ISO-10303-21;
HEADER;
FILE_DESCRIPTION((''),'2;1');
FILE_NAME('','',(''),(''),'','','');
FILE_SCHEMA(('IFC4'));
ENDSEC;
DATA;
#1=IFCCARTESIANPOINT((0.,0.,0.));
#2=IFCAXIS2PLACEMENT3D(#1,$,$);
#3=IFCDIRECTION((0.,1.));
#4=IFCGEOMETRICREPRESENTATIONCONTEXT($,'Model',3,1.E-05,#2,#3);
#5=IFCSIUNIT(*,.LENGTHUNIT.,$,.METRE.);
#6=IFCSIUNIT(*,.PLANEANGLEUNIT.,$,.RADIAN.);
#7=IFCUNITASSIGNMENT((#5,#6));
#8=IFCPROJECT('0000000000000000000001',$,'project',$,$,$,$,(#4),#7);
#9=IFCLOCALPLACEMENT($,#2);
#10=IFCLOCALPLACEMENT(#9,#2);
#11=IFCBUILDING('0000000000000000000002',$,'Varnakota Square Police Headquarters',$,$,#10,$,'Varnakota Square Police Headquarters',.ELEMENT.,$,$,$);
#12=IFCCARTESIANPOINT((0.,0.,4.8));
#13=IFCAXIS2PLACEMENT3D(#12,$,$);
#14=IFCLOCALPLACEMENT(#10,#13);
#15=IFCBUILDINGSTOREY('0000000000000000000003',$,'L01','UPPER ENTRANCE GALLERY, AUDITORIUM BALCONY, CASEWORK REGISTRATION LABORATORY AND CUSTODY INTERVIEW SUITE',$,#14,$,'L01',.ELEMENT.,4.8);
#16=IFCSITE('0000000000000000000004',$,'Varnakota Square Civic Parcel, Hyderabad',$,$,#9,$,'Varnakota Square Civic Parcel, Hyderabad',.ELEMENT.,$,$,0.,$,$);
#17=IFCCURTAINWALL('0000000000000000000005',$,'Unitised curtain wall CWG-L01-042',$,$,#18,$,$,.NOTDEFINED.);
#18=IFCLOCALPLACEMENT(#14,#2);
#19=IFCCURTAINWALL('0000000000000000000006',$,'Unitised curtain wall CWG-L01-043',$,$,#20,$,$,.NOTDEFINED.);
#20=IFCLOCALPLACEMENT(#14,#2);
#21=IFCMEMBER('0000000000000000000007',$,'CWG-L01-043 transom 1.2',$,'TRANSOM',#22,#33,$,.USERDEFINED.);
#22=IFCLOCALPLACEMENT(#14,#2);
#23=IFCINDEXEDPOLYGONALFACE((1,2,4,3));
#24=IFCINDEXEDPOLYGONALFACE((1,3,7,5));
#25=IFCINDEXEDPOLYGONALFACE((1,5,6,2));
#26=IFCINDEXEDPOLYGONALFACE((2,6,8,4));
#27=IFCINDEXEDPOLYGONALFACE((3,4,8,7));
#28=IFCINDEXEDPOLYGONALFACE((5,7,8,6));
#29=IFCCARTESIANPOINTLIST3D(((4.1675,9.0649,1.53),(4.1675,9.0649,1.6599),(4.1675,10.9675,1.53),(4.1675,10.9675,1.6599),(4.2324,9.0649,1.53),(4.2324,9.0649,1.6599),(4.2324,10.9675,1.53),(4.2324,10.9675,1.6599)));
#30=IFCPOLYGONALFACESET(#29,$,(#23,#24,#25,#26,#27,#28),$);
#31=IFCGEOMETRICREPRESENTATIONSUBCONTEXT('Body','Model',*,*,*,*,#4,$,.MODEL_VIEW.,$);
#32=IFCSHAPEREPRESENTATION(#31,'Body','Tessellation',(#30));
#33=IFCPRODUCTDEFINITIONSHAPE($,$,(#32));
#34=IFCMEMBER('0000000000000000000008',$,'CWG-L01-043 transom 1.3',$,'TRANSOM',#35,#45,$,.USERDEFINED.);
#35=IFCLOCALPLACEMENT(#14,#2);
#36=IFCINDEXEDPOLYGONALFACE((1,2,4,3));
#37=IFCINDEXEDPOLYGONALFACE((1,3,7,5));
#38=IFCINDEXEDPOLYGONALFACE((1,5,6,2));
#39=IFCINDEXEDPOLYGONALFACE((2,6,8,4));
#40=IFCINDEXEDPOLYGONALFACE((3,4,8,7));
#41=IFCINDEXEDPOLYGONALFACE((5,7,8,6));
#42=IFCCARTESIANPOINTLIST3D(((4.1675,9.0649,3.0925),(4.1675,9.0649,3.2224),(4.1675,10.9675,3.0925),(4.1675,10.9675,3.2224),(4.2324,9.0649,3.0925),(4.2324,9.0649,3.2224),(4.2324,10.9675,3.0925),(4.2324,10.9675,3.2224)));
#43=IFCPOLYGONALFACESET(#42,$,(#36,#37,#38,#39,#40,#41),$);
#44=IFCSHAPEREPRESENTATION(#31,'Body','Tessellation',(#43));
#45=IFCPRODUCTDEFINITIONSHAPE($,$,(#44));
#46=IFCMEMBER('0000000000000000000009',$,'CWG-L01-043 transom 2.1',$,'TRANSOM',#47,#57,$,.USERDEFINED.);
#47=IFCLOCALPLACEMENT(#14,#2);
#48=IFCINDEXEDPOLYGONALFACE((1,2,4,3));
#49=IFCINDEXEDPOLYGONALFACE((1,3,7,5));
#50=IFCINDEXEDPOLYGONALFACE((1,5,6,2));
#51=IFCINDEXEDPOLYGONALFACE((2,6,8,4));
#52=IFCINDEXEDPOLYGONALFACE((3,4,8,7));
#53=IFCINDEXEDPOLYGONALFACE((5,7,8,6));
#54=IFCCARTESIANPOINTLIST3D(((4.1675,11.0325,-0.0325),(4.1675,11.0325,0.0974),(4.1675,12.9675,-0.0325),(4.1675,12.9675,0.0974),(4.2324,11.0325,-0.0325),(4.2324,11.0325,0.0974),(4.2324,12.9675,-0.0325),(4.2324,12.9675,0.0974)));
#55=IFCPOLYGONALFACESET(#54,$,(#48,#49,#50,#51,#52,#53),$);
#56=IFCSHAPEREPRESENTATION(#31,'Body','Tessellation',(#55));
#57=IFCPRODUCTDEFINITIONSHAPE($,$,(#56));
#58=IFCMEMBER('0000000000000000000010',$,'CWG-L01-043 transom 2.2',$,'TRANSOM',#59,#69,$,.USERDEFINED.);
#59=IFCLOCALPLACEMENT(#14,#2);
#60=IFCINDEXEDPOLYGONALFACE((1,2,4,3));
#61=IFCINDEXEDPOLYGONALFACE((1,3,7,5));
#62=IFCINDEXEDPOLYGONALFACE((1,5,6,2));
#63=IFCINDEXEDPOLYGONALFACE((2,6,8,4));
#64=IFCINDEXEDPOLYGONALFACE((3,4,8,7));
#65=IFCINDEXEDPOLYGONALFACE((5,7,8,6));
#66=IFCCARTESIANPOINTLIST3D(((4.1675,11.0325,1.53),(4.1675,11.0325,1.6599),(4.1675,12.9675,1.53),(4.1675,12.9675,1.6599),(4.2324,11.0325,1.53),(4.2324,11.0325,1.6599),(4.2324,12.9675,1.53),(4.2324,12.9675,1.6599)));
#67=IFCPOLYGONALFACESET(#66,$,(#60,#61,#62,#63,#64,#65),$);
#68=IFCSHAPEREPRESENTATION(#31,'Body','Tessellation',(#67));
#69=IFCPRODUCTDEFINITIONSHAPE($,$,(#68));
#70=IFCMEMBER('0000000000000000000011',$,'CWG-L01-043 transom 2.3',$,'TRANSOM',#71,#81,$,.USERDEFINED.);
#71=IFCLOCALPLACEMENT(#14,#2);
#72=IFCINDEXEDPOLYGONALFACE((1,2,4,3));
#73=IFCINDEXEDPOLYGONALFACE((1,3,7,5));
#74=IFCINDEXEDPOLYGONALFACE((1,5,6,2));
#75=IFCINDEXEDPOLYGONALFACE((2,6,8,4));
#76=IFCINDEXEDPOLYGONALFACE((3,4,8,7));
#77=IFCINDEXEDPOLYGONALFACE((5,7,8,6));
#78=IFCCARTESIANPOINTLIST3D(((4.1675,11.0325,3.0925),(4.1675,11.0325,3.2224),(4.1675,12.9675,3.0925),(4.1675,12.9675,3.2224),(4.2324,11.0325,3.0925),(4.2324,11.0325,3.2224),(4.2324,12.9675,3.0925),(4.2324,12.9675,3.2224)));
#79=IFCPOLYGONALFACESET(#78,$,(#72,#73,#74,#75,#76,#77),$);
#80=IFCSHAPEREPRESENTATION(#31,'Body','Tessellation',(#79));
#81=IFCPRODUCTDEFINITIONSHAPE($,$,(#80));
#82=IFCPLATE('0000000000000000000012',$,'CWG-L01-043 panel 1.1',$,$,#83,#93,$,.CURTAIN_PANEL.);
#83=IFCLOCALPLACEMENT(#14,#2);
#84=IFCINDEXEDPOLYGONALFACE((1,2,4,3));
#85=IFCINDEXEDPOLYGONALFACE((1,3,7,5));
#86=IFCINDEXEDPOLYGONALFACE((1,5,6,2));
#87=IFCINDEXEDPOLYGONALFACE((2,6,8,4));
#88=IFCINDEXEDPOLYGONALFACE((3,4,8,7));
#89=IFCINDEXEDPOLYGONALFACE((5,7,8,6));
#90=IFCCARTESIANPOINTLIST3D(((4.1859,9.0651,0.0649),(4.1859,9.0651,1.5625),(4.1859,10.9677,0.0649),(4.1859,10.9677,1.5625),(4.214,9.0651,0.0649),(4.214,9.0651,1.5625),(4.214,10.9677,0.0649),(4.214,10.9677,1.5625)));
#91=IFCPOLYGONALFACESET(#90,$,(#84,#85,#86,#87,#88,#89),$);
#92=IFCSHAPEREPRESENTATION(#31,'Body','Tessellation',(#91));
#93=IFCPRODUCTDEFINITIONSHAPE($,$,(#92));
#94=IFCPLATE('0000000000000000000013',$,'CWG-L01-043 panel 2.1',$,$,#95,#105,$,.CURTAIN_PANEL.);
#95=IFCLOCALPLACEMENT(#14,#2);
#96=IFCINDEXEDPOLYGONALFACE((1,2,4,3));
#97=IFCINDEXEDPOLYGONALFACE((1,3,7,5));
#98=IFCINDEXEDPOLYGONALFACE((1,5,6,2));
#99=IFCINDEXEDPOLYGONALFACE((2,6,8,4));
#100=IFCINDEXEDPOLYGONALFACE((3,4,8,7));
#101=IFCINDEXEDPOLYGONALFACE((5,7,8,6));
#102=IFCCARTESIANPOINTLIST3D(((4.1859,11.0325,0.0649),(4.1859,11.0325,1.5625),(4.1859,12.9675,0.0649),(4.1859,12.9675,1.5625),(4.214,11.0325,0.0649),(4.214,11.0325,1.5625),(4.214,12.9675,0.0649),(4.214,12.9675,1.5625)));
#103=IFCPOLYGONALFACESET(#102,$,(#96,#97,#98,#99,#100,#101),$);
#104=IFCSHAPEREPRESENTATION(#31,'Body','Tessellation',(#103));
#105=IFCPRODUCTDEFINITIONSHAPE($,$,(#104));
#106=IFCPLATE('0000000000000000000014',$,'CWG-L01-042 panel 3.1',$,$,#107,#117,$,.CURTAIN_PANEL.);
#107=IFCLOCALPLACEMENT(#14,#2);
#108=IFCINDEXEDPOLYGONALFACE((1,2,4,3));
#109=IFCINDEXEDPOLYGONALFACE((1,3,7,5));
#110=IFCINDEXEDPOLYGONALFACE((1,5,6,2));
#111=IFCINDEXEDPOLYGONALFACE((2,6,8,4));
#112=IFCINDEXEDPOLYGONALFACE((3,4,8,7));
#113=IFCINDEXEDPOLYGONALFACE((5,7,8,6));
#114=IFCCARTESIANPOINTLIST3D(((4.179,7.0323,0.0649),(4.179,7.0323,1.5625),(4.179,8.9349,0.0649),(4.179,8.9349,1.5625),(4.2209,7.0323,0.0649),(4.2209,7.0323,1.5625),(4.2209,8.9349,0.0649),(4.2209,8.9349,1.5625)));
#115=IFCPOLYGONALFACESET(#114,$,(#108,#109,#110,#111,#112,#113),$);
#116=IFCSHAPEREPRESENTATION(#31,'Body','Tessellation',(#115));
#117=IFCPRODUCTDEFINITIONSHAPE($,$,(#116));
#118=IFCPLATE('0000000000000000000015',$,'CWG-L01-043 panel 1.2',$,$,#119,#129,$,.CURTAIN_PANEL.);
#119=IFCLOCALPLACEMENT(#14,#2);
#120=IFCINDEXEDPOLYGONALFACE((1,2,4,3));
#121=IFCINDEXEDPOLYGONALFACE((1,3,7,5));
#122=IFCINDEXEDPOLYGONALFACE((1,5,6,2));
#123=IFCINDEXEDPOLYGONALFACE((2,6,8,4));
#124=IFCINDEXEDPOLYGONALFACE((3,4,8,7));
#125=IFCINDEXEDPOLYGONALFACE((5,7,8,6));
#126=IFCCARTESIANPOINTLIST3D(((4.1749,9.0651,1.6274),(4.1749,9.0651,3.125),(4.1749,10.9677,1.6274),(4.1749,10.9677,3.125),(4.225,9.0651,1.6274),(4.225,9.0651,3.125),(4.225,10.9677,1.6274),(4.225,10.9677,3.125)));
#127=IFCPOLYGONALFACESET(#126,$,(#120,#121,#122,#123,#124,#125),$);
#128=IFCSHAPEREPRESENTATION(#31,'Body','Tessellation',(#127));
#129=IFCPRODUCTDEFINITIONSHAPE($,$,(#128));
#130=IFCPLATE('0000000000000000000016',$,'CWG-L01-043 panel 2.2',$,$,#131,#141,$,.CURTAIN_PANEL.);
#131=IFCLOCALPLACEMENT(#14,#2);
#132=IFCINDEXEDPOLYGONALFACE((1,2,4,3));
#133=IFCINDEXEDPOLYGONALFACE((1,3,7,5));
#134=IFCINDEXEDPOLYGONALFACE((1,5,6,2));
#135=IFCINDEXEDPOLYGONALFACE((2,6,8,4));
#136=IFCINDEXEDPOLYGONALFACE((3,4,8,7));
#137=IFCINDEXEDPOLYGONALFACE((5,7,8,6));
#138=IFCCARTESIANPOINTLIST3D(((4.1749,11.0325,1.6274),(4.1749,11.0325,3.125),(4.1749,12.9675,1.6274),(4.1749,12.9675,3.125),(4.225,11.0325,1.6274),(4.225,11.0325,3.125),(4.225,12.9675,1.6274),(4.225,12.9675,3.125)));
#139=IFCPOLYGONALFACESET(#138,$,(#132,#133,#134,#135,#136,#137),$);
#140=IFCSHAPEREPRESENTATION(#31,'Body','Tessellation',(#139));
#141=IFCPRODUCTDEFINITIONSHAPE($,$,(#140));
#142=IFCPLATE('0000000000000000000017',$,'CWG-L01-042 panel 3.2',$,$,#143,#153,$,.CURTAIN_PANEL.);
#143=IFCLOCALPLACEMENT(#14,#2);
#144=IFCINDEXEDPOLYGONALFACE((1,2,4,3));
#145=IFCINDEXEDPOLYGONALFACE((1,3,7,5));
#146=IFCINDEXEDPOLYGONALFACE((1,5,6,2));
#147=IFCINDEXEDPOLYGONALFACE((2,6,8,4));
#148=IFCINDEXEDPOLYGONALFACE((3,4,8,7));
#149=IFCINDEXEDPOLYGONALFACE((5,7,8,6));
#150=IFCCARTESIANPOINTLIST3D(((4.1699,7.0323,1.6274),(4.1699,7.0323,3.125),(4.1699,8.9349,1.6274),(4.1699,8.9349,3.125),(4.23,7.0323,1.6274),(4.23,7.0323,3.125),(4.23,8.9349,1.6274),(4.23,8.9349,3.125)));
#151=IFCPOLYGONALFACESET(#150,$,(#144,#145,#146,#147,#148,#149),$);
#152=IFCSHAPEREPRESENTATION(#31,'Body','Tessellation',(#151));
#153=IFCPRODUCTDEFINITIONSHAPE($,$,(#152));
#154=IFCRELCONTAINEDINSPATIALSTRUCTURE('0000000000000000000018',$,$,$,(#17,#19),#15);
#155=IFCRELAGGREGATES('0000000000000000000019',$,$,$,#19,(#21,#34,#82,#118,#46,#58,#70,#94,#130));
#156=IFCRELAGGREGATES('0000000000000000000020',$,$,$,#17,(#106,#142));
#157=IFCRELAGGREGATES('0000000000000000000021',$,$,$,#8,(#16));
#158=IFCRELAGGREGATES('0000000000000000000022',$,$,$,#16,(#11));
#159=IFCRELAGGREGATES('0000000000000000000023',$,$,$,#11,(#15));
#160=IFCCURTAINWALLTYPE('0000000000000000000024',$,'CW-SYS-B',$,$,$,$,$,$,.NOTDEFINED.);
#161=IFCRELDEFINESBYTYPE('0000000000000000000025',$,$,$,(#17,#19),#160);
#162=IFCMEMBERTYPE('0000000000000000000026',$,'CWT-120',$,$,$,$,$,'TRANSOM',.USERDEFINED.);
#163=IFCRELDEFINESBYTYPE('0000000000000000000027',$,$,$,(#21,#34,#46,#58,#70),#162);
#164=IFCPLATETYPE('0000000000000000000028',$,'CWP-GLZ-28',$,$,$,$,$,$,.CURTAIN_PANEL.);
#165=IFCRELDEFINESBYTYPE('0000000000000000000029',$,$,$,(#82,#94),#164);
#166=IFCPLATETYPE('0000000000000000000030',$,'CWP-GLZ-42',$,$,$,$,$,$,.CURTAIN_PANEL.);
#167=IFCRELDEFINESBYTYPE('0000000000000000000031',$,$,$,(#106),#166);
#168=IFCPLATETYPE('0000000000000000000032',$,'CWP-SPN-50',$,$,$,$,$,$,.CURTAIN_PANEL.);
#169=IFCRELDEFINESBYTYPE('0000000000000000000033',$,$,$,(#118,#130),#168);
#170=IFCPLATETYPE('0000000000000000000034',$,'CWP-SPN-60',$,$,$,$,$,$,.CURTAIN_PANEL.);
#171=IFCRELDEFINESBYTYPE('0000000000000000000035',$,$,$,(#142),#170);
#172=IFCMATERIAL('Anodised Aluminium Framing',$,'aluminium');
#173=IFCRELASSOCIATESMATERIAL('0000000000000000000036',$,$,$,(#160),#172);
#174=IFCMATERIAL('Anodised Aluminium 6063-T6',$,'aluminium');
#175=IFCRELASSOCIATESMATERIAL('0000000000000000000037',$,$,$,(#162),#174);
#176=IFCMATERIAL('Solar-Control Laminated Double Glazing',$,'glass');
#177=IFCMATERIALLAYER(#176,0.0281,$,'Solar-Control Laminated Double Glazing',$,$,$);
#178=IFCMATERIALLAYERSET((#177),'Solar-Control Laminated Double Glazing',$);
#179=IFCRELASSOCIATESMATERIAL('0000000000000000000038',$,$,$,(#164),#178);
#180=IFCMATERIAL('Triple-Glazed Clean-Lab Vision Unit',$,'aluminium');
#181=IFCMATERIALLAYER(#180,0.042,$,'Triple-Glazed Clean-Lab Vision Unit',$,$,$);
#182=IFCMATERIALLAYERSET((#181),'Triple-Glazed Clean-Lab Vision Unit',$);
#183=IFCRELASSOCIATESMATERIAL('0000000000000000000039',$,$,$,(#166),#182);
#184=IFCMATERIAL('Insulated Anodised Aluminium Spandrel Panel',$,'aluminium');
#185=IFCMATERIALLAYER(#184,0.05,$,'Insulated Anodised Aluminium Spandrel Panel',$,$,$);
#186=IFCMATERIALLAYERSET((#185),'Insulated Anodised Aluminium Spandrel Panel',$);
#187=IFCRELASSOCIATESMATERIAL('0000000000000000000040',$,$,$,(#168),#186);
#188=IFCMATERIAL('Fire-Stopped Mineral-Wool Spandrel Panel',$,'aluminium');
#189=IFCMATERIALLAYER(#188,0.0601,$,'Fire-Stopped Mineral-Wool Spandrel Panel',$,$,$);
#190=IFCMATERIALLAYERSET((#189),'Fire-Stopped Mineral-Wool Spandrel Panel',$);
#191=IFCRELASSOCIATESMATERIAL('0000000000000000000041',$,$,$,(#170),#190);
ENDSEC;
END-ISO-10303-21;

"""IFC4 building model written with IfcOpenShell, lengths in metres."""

from ifc_helpers import new_model, si_unit, direction, frame, origin, origin_2d, place, context, subcontext, project, spatial, rectangle, extrude, material, layer, layer_set, material_profile, profile_set, type_object, element, aggregate, save


model = new_model("IFC4")

# Units and contexts
model_context = context("Model", 3, precision=1e-05, world=origin(), true_north=direction((0.0, 1.0)))
body_context = subcontext(model_context, "Body", "Model", "MODEL_VIEW")
ifc_project = project(units=[si_unit("LENGTHUNIT", "METRE"), si_unit("PLANEANGLEUNIT", "RADIAN")], contexts=[model_context])

# Site, building, storey
site_placement = place(None, origin())
site = spatial("IfcSite", under=ifc_project, at=site_placement, Name="Varnakota Square Civic Parcel, Hyderabad", LongName="Varnakota Square Civic Parcel, Hyderabad", CompositionType="ELEMENT", RefElevation=0.0)
building_placement = place(site_placement, origin())
building = spatial("IfcBuilding", under=site, at=building_placement, Name="Varnakota Square Police Headquarters", LongName="Varnakota Square Police Headquarters", CompositionType="ELEMENT")
storey_placement = place(building_placement, frame((0.0, 0.0, 4.8)))
storey = spatial("IfcBuildingStorey", under=building, at=storey_placement, Name="L01", Description="UPPER ENTRANCE GALLERY, AUDITORIUM BALCONY, CASEWORK REGISTRATION LABORATORY AND CUSTODY INTERVIEW SUITE", LongName="L01", CompositionType="ELEMENT", Elevation=4.8)

# Curtain walls
ifc_material_1 = material(Name="Anodised Aluminium Framing", Category="aluminium")
curtain_wall_type = type_object("IfcCurtainWallType", Name="CW-SYS-B", PredefinedType="NOTDEFINED", material=ifc_material_1)
curtain_wall_1_placement = place(storey_placement, origin())
curtain_wall_1 = element("IfcCurtainWall", 1, at=curtain_wall_1_placement, inside=storey, type_object=curtain_wall_type, Name="Unitised curtain wall CWG-L01-042", PredefinedType="NOTDEFINED")
ifc_material_2 = material(Name="Anodised Aluminium 6063-T6", Category="aluminium")
curtain_wall_2_placement = place(storey_placement, origin())
curtain_wall_2 = element("IfcCurtainWall", 2, at=curtain_wall_2_placement, inside=storey, type_object=curtain_wall_type, Name="Unitised curtain wall CWG-L01-043", PredefinedType="NOTDEFINED")

# Members
ifc_material_profile_1 = material_profile(ifc_material_2, rectangle(XDim=0.0649, YDim=0.1299, at=origin_2d()), Name="ALU TRANSOM 65x130")
ifc_profile_set_1 = profile_set([ifc_material_profile_1], Name="Anodised Aluminium 6063-T6")
member_type_1 = type_object("IfcMemberType", Name="CWT-120", ElementType="TRANSOM", PredefinedType="USERDEFINED", material=ifc_profile_set_1)
member_1_placement = place(storey_placement, frame((4.2, 9.0649, 1.595), z_axis=(0.0, 1.0, 0.0), x_axis=(-1.0, 0.0, 0.0)))
member_1 = element("IfcMember", 3, at=member_1_placement, type_object=member_type_1, Name="CWG-L01-043 transom 1.2", ObjectType="TRANSOM", PredefinedType="USERDEFINED", context=body_context, shape_type="SweptSolid", body=[
    extrude(rectangle(XDim=0.0649, YDim=0.1299, at=origin_2d()), origin(), (0.0, 0.0, 1.0), 1.9026),
])
member_2_placement = place(storey_placement, frame((4.2, 9.0649, 3.1575), z_axis=(0.0, 1.0, 0.0), x_axis=(-1.0, 0.0, 0.0)))
member_2 = element("IfcMember", 4, at=member_2_placement, type_object=member_type_1, Name="CWG-L01-043 transom 1.3", ObjectType="TRANSOM", PredefinedType="USERDEFINED", context=body_context, shape_type="SweptSolid", body=[
    extrude(rectangle(XDim=0.0649, YDim=0.1299, at=origin_2d()), origin(), (0.0, 0.0, 1.0), 1.9026),
])
member_3_placement = place(storey_placement, frame((4.2, 11.0325, 0.0325), z_axis=(0.0, 1.0, 0.0), x_axis=(-1.0, 0.0, 0.0)))
member_3 = element("IfcMember", 5, at=member_3_placement, type_object=member_type_1, Name="CWG-L01-043 transom 2.1", ObjectType="TRANSOM", PredefinedType="USERDEFINED", context=body_context, shape_type="SweptSolid", body=[
    extrude(rectangle(XDim=0.0649, YDim=0.1299, at=origin_2d()), origin(), (0.0, 0.0, 1.0), 1.9351),
])
member_4_placement = place(storey_placement, frame((4.2, 11.0325, 1.595), z_axis=(0.0, 1.0, 0.0), x_axis=(-1.0, 0.0, 0.0)))
member_4 = element("IfcMember", 6, at=member_4_placement, type_object=member_type_1, Name="CWG-L01-043 transom 2.2", ObjectType="TRANSOM", PredefinedType="USERDEFINED", context=body_context, shape_type="SweptSolid", body=[
    extrude(rectangle(XDim=0.0649, YDim=0.1299, at=origin_2d()), origin(), (0.0, 0.0, 1.0), 1.9351),
])
member_5_placement = place(storey_placement, frame((4.2, 11.0325, 3.1575), z_axis=(0.0, 1.0, 0.0), x_axis=(-1.0, 0.0, 0.0)))
member_5 = element("IfcMember", 7, at=member_5_placement, type_object=member_type_1, Name="CWG-L01-043 transom 2.3", ObjectType="TRANSOM", PredefinedType="USERDEFINED", context=body_context, shape_type="SweptSolid", body=[
    extrude(rectangle(XDim=0.0649, YDim=0.1299, at=origin_2d()), origin(), (0.0, 0.0, 1.0), 1.9351),
])

# Plates
ifc_material_3 = material(Name="Solar-Control Laminated Double Glazing", Category="glass")
ifc_layer_1 = layer(ifc_material_3, 0.0281, Name="Solar-Control Laminated Double Glazing")
ifc_layer_set_1 = layer_set([ifc_layer_1], Name="Solar-Control Laminated Double Glazing")
plate_type_1 = type_object("IfcPlateType", Name="CWP-GLZ-28", PredefinedType="CURTAIN_PANEL", material=ifc_layer_set_1)
plate_1_placement = place(storey_placement, frame((4.2, 10.0164, 0.0649), z_axis=(0.0, 0.0, 1.0), x_axis=(0.0, 1.0, 0.0)))
plate_1 = element("IfcPlate", 8, at=plate_1_placement, type_object=plate_type_1, Name="CWG-L01-043 panel 1.1", PredefinedType="CURTAIN_PANEL", context=body_context, shape_type="SweptSolid", body=[
    extrude(rectangle(XDim=1.9026, YDim=0.0281, at=origin_2d()), origin(), (0.0, 0.0, 1.0), 1.4976),
])
plate_2_placement = place(storey_placement, frame((4.2, 12.0, 0.0649), z_axis=(0.0, 0.0, 1.0), x_axis=(0.0, 1.0, 0.0)))
plate_2 = element("IfcPlate", 9, at=plate_2_placement, type_object=plate_type_1, Name="CWG-L01-043 panel 2.1", PredefinedType="CURTAIN_PANEL", context=body_context, shape_type="SweptSolid", body=[
    extrude(rectangle(XDim=1.9351, YDim=0.0281, at=origin_2d()), origin(), (0.0, 0.0, 1.0), 1.4976),
])
ifc_material_4 = material(Name="Triple-Glazed Clean-Lab Vision Unit", Category="aluminium")
ifc_layer_2 = layer(ifc_material_4, 0.042, Name="Triple-Glazed Clean-Lab Vision Unit")
ifc_layer_set_2 = layer_set([ifc_layer_2], Name="Triple-Glazed Clean-Lab Vision Unit")
plate_type_2 = type_object("IfcPlateType", Name="CWP-GLZ-42", PredefinedType="CURTAIN_PANEL", material=ifc_layer_set_2)
plate_3_placement = place(storey_placement, frame((4.2, 7.9836, 0.0649), z_axis=(0.0, 0.0, 1.0), x_axis=(0.0, 1.0, 0.0)))
plate_3 = element("IfcPlate", 10, at=plate_3_placement, type_object=plate_type_2, Name="CWG-L01-042 panel 3.1", PredefinedType="CURTAIN_PANEL", context=body_context, shape_type="SweptSolid", body=[
    extrude(rectangle(XDim=1.9026, YDim=0.042, at=origin_2d()), origin(), (0.0, 0.0, 1.0), 1.4976),
])
ifc_material_5 = material(Name="Insulated Anodised Aluminium Spandrel Panel", Category="aluminium")
ifc_layer_3 = layer(ifc_material_5, 0.05, Name="Insulated Anodised Aluminium Spandrel Panel")
ifc_layer_set_3 = layer_set([ifc_layer_3], Name="Insulated Anodised Aluminium Spandrel Panel")
plate_type_3 = type_object("IfcPlateType", Name="CWP-SPN-50", PredefinedType="CURTAIN_PANEL", material=ifc_layer_set_3)
plate_4_placement = place(storey_placement, frame((4.2, 10.0164, 1.6274), z_axis=(0.0, 0.0, 1.0), x_axis=(0.0, 1.0, 0.0)))
plate_4 = element("IfcPlate", 11, at=plate_4_placement, type_object=plate_type_3, Name="CWG-L01-043 panel 1.2", PredefinedType="CURTAIN_PANEL", context=body_context, shape_type="SweptSolid", body=[
    extrude(rectangle(XDim=1.9026, YDim=0.05, at=origin_2d()), origin(), (0.0, 0.0, 1.0), 1.4976),
])
plate_5_placement = place(storey_placement, frame((4.2, 12.0, 1.6274), z_axis=(0.0, 0.0, 1.0), x_axis=(0.0, 1.0, 0.0)))
plate_5 = element("IfcPlate", 12, at=plate_5_placement, type_object=plate_type_3, Name="CWG-L01-043 panel 2.2", PredefinedType="CURTAIN_PANEL", context=body_context, shape_type="SweptSolid", body=[
    extrude(rectangle(XDim=1.9351, YDim=0.05, at=origin_2d()), origin(), (0.0, 0.0, 1.0), 1.4976),
])
aggregate(curtain_wall_2, [member_1, member_2, plate_1, plate_4, member_3, member_4, member_5, plate_2, plate_5])
ifc_material_6 = material(Name="Fire-Stopped Mineral-Wool Spandrel Panel", Category="aluminium")
ifc_layer_4 = layer(ifc_material_6, 0.0601, Name="Fire-Stopped Mineral-Wool Spandrel Panel")
ifc_layer_set_4 = layer_set([ifc_layer_4], Name="Fire-Stopped Mineral-Wool Spandrel Panel")
plate_type_4 = type_object("IfcPlateType", Name="CWP-SPN-60", PredefinedType="CURTAIN_PANEL", material=ifc_layer_set_4)
plate_6_placement = place(storey_placement, frame((4.2, 7.9836, 1.6274), z_axis=(0.0, 0.0, 1.0), x_axis=(0.0, 1.0, 0.0)))
plate_6 = element("IfcPlate", 13, at=plate_6_placement, type_object=plate_type_4, Name="CWG-L01-042 panel 3.2", PredefinedType="CURTAIN_PANEL", context=body_context, shape_type="SweptSolid", body=[
    extrude(rectangle(XDim=1.9026, YDim=0.0601, at=origin_2d()), origin(), (0.0, 0.0, 1.0), 1.4976),
])
aggregate(curtain_wall_1, [plate_3, plate_6])

save(model, "model.ifc")
